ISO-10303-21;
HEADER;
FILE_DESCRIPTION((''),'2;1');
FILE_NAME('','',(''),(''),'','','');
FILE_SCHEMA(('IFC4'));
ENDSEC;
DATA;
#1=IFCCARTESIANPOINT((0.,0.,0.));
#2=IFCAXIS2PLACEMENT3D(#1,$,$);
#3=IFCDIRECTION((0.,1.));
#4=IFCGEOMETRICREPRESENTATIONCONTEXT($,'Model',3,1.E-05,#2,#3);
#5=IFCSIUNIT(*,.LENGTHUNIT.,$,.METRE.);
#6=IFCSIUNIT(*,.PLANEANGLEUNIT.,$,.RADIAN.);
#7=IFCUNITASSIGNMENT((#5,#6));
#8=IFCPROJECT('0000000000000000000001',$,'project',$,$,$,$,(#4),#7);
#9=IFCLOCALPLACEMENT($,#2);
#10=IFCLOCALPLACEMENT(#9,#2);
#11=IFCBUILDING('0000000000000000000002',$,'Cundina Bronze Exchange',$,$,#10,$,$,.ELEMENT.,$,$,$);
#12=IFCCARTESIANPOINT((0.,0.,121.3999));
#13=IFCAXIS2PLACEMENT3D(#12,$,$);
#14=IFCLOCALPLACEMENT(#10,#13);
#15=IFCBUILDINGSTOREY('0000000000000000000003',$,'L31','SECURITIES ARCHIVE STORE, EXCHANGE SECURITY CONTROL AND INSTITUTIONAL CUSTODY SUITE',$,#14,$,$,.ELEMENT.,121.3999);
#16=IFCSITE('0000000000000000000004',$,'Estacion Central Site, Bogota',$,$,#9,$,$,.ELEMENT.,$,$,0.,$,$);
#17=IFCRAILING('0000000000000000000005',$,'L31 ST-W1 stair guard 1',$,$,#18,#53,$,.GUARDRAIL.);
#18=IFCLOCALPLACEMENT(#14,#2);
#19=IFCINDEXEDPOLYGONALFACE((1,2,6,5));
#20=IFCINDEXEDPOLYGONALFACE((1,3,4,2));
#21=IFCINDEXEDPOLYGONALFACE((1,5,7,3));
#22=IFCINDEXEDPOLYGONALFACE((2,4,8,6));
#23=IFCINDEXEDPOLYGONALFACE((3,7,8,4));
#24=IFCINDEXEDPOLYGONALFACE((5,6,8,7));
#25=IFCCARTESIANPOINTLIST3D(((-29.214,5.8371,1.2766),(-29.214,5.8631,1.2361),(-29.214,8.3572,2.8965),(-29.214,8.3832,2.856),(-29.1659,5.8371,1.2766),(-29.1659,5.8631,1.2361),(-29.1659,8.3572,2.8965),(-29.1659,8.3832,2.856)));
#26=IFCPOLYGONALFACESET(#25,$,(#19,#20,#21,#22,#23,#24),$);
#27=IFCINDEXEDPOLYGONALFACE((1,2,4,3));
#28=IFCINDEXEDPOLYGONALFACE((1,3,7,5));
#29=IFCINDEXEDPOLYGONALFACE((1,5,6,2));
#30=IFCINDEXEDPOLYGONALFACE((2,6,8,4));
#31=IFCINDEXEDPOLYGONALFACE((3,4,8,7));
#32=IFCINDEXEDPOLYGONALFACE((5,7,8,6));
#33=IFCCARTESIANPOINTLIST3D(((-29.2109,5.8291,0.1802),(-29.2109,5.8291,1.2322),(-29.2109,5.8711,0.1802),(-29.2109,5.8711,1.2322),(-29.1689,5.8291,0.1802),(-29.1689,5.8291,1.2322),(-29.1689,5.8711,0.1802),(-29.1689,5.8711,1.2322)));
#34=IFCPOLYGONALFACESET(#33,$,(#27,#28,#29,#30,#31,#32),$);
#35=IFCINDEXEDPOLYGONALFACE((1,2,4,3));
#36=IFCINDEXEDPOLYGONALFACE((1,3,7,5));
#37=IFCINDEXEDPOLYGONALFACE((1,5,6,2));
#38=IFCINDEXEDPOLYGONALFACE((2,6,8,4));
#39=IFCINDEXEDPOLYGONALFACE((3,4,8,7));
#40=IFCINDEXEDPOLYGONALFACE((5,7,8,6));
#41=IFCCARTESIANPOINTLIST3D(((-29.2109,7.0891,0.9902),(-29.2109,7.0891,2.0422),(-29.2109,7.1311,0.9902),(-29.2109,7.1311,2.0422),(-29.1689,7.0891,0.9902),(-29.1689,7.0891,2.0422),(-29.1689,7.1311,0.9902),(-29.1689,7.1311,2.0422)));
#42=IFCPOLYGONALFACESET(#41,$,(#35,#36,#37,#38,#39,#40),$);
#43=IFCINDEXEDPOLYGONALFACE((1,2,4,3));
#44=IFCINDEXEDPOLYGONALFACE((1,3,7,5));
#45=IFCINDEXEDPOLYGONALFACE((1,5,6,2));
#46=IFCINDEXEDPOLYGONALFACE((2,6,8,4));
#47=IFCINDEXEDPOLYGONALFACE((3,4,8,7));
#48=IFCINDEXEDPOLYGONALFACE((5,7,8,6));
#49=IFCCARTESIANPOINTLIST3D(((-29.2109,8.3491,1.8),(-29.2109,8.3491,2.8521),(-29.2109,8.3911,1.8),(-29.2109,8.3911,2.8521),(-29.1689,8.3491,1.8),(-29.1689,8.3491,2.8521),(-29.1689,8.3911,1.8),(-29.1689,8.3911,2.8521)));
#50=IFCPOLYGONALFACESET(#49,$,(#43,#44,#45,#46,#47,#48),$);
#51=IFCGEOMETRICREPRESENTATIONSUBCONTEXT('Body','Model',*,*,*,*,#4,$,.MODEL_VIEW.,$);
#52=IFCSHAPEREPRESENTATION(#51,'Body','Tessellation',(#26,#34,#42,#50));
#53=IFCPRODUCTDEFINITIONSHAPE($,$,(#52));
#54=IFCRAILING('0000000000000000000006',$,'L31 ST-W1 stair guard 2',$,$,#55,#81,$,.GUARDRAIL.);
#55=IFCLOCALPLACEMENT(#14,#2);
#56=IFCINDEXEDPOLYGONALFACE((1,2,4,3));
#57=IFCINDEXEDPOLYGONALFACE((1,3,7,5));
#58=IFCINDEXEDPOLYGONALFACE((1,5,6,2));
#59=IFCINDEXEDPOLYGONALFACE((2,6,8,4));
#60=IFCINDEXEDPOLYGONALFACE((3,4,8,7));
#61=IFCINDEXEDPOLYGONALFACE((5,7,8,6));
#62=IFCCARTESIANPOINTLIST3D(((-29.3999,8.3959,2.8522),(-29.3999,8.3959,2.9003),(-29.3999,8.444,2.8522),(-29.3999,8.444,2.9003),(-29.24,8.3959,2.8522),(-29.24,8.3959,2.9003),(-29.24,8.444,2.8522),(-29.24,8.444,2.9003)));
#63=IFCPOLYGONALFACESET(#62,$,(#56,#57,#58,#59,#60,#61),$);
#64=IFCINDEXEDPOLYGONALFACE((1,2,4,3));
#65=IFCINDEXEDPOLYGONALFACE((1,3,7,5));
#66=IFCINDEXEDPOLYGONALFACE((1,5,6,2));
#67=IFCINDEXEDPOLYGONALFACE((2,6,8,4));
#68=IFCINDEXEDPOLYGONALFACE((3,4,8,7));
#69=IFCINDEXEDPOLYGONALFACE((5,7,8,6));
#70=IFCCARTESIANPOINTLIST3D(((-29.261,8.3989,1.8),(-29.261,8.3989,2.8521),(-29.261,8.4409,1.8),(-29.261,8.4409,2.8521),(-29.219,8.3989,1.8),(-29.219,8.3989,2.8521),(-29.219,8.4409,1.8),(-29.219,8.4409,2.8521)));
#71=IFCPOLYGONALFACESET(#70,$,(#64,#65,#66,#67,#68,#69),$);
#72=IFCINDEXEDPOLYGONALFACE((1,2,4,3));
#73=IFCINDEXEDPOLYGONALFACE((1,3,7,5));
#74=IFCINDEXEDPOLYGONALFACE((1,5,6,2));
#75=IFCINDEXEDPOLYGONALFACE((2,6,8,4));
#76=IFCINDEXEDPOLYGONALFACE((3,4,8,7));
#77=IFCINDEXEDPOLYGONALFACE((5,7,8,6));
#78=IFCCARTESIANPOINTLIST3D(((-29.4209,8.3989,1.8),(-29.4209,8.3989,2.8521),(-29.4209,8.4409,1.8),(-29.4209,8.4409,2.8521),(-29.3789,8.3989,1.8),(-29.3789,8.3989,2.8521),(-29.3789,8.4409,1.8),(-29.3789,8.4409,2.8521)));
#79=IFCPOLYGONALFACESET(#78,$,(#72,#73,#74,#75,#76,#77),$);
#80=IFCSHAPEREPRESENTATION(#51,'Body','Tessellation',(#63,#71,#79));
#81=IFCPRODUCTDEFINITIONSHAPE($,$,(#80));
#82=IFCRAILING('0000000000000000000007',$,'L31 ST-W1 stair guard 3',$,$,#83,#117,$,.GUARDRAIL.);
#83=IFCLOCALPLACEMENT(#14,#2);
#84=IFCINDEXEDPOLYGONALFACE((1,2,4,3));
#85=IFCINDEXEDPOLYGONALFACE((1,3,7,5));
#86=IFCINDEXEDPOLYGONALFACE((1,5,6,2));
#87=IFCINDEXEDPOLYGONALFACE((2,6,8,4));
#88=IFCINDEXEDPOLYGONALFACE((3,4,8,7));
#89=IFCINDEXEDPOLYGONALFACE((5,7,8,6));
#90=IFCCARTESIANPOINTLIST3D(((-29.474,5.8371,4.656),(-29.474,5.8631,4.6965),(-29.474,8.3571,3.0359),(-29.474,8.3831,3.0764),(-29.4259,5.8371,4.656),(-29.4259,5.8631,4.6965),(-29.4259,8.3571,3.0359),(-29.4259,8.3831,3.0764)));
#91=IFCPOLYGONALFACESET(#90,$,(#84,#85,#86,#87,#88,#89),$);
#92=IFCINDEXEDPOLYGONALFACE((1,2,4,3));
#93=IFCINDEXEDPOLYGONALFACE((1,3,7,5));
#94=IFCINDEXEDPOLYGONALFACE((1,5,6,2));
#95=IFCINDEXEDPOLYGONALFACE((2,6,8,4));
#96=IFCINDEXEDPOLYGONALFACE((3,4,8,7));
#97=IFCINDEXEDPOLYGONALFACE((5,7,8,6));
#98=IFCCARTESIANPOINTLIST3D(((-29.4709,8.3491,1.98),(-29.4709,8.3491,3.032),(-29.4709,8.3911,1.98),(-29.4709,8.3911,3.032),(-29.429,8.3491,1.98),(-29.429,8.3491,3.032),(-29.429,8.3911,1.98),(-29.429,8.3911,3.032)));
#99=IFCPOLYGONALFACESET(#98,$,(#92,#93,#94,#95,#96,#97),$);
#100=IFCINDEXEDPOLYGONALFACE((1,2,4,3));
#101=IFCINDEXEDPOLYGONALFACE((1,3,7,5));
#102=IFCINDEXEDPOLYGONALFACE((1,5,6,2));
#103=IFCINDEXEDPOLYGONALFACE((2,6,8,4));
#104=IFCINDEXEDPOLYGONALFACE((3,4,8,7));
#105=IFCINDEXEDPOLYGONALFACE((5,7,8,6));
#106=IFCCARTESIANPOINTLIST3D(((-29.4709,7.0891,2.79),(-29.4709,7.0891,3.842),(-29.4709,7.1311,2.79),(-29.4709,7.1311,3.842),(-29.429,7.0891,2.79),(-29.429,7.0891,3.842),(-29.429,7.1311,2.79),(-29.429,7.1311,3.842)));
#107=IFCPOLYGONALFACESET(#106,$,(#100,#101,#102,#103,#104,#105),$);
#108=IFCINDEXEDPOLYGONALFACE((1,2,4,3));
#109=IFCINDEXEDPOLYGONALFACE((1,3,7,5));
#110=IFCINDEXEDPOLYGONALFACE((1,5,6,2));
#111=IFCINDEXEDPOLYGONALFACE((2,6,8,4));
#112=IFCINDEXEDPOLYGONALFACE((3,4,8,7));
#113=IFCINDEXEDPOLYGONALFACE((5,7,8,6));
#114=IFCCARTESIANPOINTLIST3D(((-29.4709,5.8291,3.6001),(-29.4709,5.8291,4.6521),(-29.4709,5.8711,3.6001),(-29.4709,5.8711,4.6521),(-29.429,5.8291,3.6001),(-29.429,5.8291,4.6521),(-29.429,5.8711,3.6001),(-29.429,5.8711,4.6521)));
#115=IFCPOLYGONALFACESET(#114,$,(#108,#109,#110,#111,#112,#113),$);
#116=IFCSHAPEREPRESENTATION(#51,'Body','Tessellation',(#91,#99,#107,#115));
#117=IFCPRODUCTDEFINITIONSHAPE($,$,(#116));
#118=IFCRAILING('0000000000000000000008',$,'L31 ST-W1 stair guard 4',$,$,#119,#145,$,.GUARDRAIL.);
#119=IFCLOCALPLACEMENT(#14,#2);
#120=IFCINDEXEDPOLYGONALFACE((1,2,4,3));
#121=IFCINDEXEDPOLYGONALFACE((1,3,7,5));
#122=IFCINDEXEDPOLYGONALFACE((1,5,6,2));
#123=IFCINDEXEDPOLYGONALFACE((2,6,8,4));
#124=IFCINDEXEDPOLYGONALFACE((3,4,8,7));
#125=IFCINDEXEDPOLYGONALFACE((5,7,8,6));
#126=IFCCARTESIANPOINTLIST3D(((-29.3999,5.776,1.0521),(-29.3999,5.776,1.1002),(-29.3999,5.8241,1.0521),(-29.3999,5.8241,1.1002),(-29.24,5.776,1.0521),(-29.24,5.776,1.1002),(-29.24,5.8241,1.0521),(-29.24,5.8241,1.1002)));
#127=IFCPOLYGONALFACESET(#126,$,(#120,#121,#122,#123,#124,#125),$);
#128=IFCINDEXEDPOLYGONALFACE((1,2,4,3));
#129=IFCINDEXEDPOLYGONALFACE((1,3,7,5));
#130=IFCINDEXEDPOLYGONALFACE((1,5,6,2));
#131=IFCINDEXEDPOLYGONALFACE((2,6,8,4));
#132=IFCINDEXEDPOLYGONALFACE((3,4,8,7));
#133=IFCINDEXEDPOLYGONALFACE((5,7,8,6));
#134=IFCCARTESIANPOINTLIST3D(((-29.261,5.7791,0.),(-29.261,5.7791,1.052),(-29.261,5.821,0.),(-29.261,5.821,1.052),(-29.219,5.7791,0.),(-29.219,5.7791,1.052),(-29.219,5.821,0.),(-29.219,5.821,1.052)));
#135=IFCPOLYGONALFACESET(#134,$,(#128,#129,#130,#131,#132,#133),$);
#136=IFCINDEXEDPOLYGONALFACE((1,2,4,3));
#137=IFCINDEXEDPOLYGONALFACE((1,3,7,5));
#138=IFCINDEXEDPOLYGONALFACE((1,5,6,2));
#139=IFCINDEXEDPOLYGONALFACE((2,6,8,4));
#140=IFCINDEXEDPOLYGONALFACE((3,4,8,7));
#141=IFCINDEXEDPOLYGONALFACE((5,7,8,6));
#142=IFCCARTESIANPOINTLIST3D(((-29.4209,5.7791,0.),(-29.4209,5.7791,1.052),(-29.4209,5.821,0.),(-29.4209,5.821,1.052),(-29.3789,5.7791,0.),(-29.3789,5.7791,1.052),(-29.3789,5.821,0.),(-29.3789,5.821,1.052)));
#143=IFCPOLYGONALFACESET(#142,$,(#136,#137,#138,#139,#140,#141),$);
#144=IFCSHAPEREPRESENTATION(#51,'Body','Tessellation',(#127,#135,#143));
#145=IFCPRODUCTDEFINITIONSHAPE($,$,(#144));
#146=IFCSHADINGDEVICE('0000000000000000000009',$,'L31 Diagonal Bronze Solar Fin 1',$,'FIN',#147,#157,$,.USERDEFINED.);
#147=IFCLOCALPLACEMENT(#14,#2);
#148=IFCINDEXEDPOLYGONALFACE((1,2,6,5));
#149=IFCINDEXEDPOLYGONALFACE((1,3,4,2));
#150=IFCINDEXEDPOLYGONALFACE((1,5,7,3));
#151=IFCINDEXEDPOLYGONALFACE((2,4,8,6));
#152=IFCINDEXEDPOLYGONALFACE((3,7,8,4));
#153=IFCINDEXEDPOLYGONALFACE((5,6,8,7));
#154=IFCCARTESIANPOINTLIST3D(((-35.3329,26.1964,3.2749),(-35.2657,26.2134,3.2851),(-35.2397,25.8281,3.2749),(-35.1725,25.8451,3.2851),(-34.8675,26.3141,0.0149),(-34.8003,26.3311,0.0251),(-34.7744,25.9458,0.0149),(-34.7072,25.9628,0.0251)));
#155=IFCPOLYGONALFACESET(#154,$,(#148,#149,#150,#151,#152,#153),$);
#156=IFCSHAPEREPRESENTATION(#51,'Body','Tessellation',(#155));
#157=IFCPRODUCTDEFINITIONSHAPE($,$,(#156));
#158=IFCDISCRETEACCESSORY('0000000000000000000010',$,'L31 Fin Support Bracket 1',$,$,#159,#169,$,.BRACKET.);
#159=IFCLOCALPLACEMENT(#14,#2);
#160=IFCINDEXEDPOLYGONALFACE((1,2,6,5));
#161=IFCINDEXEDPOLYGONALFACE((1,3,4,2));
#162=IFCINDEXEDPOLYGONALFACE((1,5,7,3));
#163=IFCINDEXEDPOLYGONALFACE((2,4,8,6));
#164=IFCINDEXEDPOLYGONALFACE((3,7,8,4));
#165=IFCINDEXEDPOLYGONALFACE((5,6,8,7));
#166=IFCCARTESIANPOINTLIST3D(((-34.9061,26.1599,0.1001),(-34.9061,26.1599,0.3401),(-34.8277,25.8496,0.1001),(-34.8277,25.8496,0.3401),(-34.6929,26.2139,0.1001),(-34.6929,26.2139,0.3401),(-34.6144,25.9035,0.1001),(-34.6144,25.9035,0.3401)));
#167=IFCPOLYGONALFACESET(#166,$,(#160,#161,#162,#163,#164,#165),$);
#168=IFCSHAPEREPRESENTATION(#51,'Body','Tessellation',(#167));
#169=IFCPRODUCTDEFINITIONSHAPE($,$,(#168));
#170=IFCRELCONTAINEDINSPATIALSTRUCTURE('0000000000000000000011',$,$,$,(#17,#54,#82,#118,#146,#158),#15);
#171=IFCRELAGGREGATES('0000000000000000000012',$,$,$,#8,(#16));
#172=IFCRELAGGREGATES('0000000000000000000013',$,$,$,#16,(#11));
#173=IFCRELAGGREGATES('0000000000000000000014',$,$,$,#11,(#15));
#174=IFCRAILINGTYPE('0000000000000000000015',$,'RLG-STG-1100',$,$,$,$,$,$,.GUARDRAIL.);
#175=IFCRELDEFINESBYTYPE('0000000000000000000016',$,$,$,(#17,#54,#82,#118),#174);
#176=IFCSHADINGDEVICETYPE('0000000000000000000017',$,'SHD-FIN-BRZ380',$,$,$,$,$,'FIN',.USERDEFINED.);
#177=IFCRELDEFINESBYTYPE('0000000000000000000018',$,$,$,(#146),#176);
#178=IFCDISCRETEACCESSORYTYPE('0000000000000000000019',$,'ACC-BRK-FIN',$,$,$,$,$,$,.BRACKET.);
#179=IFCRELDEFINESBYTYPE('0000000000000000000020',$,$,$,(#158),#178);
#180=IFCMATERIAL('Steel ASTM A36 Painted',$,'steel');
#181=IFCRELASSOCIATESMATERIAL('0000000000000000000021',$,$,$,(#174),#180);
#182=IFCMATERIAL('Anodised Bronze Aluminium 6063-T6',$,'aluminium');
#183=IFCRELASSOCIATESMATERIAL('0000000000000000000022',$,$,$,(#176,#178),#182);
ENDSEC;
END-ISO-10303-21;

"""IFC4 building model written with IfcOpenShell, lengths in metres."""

from ifc_helpers import new_model, si_unit, direction, frame, origin, origin_2d, place, context, subcontext, project, spatial, rectangle, extrude, material, material_profile, profile_set, type_object, element, save


model = new_model("IFC4")

# Units and contexts
model_context = context("Model", 3, precision=1e-05, world=origin(), true_north=direction((0.0, 1.0)))
body_context = subcontext(model_context, "Body", "Model", "MODEL_VIEW")
ifc_project = project(units=[si_unit("LENGTHUNIT", "METRE"), si_unit("PLANEANGLEUNIT", "RADIAN")], contexts=[model_context])

# Site, building, storey
site_placement = place(None, origin())
site = spatial("IfcSite", under=ifc_project, at=site_placement, Name="Estacion Central Site, Bogota", CompositionType="ELEMENT", RefElevation=0.0)
building_placement = place(site_placement, origin())
building = spatial("IfcBuilding", under=site, at=building_placement, Name="Cundina Bronze Exchange", CompositionType="ELEMENT")
storey_placement = place(building_placement, frame((0.0, 0.0, 121.3999)))
storey = spatial("IfcBuildingStorey", under=building, at=storey_placement, Name="L31", Description="SECURITIES ARCHIVE STORE, EXCHANGE SECURITY CONTROL AND INSTITUTIONAL CUSTODY SUITE", CompositionType="ELEMENT", Elevation=121.3999)

# Shared definitions
ifc_material_1 = material(Name="Anodised Bronze Aluminium 6063-T6", Category="aluminium")

# Shared definitions
ifc_material_2 = material(Name="Steel ASTM A36 Painted", Category="steel")

# Railings
railing_type_1 = type_object("IfcRailingType", Name="RLG-STG-1100", PredefinedType="GUARDRAIL", material=ifc_material_2)
railing_1_placement = place(storey_placement, frame((-29.1899, 5.8501, 0.1802)))
element("IfcRailing", 1, at=railing_1_placement, inside=storey, type_object=railing_type_1, Name="L31 ST-W1 stair guard 1", PredefinedType="GUARDRAIL", context=body_context, shape_type="SweptSolid", body=[
    extrude(rectangle(XDim=0.0481, YDim=0.0481, at=origin_2d()), frame((0.0, 0.0, 1.0762), z_axis=(0.0, 0.8412, 0.540725), x_axis=(-1.0, 0.0, 0.0)), (0.0, 0.0, 1.0), 2.9958),
    extrude(rectangle(XDim=0.042, YDim=0.042, at=origin_2d()), origin(), (0.0, 0.0, 1.0), 1.052),
    extrude(rectangle(XDim=0.042, YDim=0.042, at=origin_2d()), frame((0.0, 1.26, 0.8101)), (0.0, 0.0, 1.0), 1.052),
    extrude(rectangle(XDim=0.042, YDim=0.042, at=origin_2d()), frame((0.0, 2.52, 1.6199)), (0.0, 0.0, 1.0), 1.052),
])
railing_2_placement = place(storey_placement, frame((-29.24, 8.4199, 1.8)))
element("IfcRailing", 2, at=railing_2_placement, inside=storey, type_object=railing_type_1, Name="L31 ST-W1 stair guard 2", PredefinedType="GUARDRAIL", context=body_context, shape_type="SweptSolid", body=[
    extrude(rectangle(XDim=0.0481, YDim=0.0481, at=origin_2d()), frame((0.0, 0.0, 1.0762), z_axis=(-1.0, 0.0, 0.0), x_axis=(0.0, -1.0, 0.0)), (0.0, 0.0, 1.0), 0.1599),
    extrude(rectangle(XDim=0.042, YDim=0.042, at=origin_2d()), origin(), (0.0, 0.0, 1.0), 1.052),
    extrude(rectangle(XDim=0.042, YDim=0.042, at=origin_2d()), frame((-0.1599, 0.0, 0.0)), (0.0, 0.0, 1.0), 1.052),
])
railing_3_placement = place(storey_placement, frame((-29.45, 8.3701, 1.98)))
element("IfcRailing", 3, at=railing_3_placement, inside=storey, type_object=railing_type_1, Name="L31 ST-W1 stair guard 3", PredefinedType="GUARDRAIL", context=body_context, shape_type="SweptSolid", body=[
    extrude(rectangle(XDim=0.0481, YDim=0.0481, at=origin_2d()), frame((0.0, 0.0, 1.0762), z_axis=(0.0, -0.841163, 0.540782), x_axis=(1.0, 0.0, 0.0)), (0.0, 0.0, 1.0), 2.9958),
    extrude(rectangle(XDim=0.042, YDim=0.042, at=origin_2d()), origin(), (0.0, 0.0, 1.0), 1.052),
    extrude(rectangle(XDim=0.042, YDim=0.042, at=origin_2d()), frame((0.0, -1.26, 0.8101)), (0.0, 0.0, 1.0), 1.052),
    extrude(rectangle(XDim=0.042, YDim=0.042, at=origin_2d()), frame((0.0, -2.52, 1.6201)), (0.0, 0.0, 1.0), 1.052),
])
railing_4_placement = place(storey_placement, frame((-29.24, 5.8, 0.0)))
element("IfcRailing", 4, at=railing_4_placement, inside=storey, type_object=railing_type_1, Name="L31 ST-W1 stair guard 4", PredefinedType="GUARDRAIL", context=body_context, shape_type="SweptSolid", body=[
    extrude(rectangle(XDim=0.0481, YDim=0.0481, at=origin_2d()), frame((0.0, 0.0, 1.0762), z_axis=(-1.0, 0.0, 0.0), x_axis=(0.0, -1.0, 0.0)), (0.0, 0.0, 1.0), 0.1599),
    extrude(rectangle(XDim=0.042, YDim=0.042, at=origin_2d()), origin(), (0.0, 0.0, 1.0), 1.052),
    extrude(rectangle(XDim=0.042, YDim=0.042, at=origin_2d()), frame((-0.1599, 0.0, 0.0)), (0.0, 0.0, 1.0), 1.052),
])

# Shading device
ifc_material_profile_1 = material_profile(ifc_material_1, rectangle(XDim=0.0701, YDim=0.3799, at=origin_2d()), Name="FIN70X380", Category="aluminium")
ifc_profile_set_1 = profile_set([ifc_material_profile_1], Name="Anodised Bronze Aluminium 6063-T6")
shading_device_type = type_object("IfcShadingDeviceType", Name="SHD-FIN-BRZ380", ElementType="FIN", PredefinedType="USERDEFINED", material=ifc_profile_set_1)
shading_device_placement = place(storey_placement, frame((-34.7874, 26.1384, 0.02), z_axis=(-0.141217, -0.035712, 0.989334), x_axis=(0.959141, 0.242553, 0.145663)))
element("IfcShadingDevice", 5, at=shading_device_placement, inside=storey, type_object=shading_device_type, Name="L31 Diagonal Bronze Solar Fin 1", ObjectType="FIN", PredefinedType="USERDEFINED", context=body_context, shape_type="SweptSolid", body=[
    extrude(rectangle(XDim=0.0701, YDim=0.3799, at=origin_2d()), origin(), (0.0, 0.0, 1.0), 3.2952),
])

# Discrete accessory
discrete_accessory_type = type_object("IfcDiscreteAccessoryType", Name="ACC-BRK-FIN", PredefinedType="BRACKET", material=ifc_material_1)
discrete_accessory_placement = place(storey_placement, frame((-34.7603, 26.0317, 0.1001), z_axis=(0.0, 0.0, 1.0), x_axis=(-0.969488, -0.245138, 0.0)))
element("IfcDiscreteAccessory", 6, at=discrete_accessory_placement, inside=storey, type_object=discrete_accessory_type, Name="L31 Fin Support Bracket 1", PredefinedType="BRACKET", context=body_context, shape_type="SweptSolid", body=[
    extrude(rectangle(XDim=0.22, YDim=0.3201, at=origin_2d()), origin(), (0.0, 0.0, 1.0), 0.24),
])

save(model, "model.ifc")
